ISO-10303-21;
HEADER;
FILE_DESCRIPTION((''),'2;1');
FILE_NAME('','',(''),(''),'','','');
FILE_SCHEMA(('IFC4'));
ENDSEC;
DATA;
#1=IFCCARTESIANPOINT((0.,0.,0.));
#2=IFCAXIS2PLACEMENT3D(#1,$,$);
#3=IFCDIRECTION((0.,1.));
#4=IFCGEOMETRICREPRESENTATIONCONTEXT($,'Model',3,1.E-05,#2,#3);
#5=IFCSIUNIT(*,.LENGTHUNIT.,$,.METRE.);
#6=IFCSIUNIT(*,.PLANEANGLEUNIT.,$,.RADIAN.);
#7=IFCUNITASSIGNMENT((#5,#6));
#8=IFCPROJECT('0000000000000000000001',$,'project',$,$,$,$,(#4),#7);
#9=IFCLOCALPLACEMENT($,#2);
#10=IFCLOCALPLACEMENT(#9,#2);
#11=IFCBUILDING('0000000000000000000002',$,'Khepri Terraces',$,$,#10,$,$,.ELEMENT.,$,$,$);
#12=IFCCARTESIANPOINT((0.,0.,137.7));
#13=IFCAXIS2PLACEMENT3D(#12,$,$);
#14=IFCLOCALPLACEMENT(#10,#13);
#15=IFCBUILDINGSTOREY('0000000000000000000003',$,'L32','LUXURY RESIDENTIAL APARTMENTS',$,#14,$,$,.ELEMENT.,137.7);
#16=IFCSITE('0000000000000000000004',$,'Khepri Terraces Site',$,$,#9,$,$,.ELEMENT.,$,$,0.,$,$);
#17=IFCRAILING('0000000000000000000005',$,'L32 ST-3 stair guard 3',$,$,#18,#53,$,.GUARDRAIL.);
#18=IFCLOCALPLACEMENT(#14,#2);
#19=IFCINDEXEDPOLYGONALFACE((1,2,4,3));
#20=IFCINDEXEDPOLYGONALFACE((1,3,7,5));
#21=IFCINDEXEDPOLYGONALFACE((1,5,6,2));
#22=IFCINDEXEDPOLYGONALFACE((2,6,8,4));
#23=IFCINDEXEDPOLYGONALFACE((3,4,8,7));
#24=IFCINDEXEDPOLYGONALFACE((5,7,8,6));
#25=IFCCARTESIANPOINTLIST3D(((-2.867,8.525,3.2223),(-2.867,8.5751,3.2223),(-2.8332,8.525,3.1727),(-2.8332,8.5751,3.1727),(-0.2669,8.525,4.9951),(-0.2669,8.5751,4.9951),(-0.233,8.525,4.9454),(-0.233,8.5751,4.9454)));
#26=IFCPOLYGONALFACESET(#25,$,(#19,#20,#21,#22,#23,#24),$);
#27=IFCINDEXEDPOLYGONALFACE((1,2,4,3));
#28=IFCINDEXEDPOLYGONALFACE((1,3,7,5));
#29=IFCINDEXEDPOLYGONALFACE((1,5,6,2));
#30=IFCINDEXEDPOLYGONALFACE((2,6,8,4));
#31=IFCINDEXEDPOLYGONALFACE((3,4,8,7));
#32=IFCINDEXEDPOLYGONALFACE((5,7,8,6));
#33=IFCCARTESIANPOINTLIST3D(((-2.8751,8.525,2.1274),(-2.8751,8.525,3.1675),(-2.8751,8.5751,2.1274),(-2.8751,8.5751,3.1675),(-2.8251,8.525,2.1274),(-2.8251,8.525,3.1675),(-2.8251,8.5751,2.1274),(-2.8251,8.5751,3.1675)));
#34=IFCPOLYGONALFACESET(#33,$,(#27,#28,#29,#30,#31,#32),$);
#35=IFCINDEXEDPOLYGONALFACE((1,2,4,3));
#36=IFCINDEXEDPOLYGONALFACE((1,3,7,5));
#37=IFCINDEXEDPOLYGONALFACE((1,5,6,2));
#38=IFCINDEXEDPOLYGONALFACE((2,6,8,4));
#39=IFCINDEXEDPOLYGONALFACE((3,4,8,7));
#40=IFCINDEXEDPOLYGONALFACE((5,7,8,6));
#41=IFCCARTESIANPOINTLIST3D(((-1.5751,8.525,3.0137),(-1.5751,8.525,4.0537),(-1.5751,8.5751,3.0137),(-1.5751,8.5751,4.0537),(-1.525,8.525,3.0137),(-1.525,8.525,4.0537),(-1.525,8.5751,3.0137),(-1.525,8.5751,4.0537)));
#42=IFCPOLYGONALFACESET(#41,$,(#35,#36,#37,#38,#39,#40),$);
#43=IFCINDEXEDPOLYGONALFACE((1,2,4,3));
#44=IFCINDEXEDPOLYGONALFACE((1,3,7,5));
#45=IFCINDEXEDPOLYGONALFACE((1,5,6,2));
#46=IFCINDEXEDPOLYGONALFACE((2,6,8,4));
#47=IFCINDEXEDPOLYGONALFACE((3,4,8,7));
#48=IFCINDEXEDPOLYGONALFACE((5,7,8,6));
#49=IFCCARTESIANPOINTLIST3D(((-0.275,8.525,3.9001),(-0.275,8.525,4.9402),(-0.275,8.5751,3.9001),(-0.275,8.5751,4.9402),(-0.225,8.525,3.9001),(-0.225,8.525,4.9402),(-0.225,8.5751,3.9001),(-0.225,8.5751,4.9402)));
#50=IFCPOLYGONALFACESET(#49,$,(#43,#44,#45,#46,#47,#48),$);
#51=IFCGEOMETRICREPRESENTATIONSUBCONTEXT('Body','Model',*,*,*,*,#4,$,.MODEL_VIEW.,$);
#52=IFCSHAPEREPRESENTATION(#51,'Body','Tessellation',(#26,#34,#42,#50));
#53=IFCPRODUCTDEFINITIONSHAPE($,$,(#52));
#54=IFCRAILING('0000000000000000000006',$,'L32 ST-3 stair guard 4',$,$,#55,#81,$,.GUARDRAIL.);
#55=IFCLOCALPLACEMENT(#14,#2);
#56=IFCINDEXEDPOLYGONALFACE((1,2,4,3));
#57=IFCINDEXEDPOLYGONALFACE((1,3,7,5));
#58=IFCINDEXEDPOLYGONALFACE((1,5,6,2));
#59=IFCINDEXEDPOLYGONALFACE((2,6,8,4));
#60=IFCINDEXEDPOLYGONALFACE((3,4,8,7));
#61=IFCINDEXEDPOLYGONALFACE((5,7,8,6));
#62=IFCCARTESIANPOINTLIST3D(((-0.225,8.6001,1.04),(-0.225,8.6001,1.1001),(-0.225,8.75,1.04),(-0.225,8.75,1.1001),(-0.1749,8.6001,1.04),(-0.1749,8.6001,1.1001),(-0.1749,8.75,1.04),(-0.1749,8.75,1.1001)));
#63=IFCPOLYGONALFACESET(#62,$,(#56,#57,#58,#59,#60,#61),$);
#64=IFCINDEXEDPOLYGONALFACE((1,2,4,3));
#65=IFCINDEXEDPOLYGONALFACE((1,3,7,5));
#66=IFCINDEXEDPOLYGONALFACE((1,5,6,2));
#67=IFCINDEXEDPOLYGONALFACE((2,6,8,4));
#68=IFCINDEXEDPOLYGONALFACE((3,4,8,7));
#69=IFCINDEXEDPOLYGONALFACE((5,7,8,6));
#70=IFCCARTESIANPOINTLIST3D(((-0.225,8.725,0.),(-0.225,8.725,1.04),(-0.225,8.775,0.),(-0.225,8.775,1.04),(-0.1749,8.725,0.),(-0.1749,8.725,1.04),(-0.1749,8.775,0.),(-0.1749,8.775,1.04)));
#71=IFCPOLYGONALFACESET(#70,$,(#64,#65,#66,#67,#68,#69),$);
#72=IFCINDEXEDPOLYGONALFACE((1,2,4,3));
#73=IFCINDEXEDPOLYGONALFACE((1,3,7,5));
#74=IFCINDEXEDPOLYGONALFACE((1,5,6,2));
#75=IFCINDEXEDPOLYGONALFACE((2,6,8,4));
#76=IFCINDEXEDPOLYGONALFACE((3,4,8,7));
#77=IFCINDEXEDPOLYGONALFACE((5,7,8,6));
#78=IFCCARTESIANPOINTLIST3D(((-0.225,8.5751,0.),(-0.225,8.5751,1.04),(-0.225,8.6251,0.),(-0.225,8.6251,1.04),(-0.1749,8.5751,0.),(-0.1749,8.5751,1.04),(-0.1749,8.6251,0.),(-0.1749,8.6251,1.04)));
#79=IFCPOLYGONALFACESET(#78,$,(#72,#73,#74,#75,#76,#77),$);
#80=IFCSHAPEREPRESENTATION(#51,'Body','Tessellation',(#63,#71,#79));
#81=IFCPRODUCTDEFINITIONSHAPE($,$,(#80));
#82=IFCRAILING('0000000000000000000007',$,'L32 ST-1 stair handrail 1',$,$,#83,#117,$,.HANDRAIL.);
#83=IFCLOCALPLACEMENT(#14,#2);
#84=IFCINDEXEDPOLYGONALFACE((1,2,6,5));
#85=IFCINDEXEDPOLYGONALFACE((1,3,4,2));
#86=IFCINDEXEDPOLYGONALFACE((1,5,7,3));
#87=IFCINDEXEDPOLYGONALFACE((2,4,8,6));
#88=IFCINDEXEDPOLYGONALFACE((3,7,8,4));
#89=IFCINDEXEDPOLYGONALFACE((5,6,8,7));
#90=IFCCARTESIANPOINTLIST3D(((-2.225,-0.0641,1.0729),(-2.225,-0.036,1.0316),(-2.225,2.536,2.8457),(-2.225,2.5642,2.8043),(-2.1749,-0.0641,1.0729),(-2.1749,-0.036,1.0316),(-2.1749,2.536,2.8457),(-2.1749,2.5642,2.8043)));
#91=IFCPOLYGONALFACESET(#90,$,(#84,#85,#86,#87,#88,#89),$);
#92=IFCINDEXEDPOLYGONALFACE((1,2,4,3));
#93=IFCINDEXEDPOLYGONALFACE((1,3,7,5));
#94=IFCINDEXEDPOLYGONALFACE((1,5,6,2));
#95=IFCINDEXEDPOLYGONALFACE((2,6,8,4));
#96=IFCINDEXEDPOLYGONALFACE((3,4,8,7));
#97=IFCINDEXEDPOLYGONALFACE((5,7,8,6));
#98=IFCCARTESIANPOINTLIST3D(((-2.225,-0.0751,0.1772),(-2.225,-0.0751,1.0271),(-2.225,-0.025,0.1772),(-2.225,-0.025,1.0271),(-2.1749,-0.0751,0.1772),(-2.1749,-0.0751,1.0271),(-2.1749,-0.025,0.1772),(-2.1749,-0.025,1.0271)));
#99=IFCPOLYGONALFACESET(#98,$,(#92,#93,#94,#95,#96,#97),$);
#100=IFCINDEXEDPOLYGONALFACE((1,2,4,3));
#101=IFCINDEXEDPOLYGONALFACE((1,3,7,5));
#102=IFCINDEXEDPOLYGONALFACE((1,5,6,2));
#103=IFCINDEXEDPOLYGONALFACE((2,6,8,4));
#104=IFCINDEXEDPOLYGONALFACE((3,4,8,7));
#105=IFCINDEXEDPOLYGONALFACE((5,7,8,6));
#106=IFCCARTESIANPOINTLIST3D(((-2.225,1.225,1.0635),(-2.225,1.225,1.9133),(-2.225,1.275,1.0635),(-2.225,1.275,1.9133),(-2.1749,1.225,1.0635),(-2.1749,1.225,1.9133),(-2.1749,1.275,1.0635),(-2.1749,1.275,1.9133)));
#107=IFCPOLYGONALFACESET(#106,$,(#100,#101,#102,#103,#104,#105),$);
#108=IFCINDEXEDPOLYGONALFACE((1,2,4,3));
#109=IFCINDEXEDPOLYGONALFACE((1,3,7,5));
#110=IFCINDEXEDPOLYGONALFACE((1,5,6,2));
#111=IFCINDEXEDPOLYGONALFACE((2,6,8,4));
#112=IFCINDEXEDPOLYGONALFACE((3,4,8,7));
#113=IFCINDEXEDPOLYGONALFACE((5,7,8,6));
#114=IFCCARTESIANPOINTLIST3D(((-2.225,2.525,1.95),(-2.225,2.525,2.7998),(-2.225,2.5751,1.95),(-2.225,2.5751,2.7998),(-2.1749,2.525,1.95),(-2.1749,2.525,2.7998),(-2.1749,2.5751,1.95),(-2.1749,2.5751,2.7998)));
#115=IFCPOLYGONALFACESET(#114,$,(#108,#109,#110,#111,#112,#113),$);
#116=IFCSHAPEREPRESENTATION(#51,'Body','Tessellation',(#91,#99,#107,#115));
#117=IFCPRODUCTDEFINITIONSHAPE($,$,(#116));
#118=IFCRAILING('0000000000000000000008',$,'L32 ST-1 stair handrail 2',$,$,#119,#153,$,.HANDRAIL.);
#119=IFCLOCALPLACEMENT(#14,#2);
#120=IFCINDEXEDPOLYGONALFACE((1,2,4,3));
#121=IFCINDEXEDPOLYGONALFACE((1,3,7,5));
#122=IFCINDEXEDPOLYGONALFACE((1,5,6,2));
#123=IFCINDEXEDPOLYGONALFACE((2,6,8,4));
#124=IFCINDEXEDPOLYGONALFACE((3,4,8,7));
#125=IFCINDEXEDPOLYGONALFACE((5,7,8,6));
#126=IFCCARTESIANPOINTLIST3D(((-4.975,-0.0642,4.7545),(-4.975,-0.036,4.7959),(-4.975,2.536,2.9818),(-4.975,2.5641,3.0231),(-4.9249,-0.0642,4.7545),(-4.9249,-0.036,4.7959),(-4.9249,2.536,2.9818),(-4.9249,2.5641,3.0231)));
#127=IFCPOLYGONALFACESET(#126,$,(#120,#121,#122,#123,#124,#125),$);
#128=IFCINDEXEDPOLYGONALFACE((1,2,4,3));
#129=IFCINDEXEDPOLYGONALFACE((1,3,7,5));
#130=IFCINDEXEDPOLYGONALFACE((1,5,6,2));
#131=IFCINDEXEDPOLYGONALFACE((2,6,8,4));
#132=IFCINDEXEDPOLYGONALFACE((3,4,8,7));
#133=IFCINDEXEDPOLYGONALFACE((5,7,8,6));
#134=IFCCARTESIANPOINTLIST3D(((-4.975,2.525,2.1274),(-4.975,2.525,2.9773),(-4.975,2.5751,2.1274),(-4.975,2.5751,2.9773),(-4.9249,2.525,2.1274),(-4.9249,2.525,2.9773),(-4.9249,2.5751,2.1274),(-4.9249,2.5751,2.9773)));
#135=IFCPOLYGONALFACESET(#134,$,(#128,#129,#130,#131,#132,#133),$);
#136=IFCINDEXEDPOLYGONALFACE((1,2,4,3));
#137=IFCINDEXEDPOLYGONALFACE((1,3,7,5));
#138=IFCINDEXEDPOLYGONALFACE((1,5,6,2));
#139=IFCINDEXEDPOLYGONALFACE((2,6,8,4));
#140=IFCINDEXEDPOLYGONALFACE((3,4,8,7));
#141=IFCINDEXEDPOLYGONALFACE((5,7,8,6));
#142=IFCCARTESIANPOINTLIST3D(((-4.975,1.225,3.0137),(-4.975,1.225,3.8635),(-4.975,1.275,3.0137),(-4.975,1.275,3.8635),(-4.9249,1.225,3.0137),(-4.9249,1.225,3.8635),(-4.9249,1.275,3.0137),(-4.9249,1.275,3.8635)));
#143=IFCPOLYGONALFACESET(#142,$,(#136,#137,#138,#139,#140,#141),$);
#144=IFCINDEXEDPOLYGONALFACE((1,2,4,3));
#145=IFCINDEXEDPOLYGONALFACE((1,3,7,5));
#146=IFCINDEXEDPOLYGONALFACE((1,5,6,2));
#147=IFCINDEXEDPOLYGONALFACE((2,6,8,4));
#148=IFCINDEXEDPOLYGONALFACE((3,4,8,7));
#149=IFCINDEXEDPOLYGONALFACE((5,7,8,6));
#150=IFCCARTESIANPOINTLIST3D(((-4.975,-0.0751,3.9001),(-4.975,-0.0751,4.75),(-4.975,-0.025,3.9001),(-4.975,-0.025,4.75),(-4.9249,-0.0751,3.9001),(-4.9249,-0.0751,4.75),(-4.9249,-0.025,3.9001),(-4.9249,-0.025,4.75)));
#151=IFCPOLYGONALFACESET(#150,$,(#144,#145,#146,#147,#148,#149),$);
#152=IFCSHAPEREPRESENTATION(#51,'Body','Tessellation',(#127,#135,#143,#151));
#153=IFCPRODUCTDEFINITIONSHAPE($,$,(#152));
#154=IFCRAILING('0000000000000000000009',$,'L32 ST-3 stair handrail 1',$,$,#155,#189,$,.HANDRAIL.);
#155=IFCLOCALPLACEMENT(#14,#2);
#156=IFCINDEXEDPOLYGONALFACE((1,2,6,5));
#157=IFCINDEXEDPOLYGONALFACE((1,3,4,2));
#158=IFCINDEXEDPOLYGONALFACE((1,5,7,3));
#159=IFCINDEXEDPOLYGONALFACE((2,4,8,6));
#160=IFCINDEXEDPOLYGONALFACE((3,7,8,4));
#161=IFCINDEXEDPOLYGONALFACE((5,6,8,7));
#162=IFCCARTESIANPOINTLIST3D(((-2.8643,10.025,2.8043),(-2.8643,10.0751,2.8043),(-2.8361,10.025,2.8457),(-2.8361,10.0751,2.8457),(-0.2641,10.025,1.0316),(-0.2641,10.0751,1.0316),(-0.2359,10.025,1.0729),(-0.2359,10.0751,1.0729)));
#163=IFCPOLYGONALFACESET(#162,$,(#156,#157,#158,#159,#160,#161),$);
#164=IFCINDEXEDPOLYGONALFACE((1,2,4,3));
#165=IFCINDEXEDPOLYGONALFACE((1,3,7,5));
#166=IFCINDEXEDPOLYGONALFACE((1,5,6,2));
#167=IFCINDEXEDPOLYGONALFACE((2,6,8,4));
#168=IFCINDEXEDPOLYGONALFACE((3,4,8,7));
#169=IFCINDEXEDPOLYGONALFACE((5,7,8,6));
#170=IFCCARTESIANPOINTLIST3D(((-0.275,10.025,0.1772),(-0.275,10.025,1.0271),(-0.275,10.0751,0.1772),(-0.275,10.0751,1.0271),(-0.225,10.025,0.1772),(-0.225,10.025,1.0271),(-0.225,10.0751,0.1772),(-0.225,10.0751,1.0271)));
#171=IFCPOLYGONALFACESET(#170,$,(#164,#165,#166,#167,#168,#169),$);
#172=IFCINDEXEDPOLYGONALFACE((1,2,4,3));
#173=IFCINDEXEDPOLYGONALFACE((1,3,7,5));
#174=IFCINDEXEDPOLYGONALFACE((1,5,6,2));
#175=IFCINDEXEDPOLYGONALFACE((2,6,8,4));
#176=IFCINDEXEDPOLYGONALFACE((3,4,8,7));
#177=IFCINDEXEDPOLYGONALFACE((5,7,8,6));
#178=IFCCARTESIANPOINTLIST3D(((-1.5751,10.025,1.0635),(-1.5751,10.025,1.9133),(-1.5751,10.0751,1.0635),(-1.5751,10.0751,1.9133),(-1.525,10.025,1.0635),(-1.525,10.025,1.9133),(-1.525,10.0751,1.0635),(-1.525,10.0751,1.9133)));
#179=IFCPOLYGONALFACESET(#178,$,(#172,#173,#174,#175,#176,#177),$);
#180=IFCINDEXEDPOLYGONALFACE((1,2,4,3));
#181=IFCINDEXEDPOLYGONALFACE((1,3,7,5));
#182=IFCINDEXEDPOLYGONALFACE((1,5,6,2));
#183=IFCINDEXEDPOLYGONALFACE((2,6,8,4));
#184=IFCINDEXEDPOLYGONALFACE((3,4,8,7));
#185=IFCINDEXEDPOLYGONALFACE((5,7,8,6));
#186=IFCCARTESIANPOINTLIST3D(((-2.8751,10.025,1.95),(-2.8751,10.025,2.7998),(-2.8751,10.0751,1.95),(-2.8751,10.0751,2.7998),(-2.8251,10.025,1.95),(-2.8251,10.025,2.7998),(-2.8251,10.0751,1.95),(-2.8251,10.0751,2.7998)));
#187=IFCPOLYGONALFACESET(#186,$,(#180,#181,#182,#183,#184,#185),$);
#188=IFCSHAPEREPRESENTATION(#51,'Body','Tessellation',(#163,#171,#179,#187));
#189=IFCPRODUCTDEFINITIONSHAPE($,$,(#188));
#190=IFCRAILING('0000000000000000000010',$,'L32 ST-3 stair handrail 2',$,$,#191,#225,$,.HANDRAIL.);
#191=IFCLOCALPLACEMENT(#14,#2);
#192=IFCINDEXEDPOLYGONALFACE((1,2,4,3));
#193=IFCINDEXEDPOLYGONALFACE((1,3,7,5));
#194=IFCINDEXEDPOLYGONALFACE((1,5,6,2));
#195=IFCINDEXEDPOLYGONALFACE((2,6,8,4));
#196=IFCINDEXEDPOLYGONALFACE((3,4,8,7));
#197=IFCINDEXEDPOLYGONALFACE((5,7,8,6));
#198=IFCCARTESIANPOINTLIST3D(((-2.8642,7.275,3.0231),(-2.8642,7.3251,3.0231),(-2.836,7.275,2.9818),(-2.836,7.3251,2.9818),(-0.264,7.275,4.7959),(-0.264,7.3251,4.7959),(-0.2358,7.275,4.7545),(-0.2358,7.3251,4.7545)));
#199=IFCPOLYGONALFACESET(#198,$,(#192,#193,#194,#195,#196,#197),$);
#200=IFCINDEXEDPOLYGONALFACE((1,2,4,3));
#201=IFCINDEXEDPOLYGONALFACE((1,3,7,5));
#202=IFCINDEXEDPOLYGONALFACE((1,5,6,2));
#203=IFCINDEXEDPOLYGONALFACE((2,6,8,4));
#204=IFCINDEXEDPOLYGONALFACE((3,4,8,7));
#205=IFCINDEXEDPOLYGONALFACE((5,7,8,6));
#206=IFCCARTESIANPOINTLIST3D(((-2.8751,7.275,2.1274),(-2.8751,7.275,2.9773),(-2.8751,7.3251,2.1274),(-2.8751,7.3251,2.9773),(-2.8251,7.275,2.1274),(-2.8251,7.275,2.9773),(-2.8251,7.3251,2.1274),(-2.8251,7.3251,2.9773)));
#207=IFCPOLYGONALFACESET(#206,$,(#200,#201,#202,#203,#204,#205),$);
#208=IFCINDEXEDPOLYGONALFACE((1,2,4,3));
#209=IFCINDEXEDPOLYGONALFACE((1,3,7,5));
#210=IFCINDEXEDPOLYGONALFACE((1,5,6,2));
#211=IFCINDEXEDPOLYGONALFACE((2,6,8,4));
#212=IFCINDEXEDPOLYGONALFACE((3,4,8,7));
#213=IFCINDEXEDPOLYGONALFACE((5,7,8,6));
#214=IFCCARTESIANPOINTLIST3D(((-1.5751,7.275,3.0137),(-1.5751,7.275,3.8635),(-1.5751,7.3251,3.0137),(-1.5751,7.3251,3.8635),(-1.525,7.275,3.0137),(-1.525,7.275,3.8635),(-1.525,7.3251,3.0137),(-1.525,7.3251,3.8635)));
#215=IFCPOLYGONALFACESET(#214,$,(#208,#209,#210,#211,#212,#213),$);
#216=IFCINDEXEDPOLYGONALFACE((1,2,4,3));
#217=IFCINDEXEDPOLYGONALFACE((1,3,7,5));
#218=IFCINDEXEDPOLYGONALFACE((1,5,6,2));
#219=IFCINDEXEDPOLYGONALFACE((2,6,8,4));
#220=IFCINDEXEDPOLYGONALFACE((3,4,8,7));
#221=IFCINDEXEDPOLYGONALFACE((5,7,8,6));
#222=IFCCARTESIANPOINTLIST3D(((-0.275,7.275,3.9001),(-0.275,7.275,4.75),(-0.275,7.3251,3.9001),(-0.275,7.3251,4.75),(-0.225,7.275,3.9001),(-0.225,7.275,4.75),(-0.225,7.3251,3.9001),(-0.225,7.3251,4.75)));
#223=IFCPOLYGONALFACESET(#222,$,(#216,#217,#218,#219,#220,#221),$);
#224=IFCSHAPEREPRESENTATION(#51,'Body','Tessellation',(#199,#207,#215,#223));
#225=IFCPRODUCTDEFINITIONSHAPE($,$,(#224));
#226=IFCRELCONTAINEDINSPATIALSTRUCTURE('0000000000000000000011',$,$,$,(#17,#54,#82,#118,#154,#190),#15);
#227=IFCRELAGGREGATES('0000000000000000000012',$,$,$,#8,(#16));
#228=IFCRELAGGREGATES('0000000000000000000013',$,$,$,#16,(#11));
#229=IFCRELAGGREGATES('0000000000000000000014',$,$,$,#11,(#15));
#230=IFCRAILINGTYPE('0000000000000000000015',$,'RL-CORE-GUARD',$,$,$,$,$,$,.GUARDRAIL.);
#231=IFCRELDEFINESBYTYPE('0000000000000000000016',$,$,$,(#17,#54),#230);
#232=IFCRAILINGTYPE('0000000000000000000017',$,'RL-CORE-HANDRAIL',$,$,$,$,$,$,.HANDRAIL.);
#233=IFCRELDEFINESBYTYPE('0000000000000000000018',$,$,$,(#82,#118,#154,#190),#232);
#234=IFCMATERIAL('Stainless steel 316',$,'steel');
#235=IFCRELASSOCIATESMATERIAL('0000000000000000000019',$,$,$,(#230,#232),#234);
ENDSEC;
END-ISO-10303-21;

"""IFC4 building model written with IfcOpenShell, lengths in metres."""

from ifc_helpers import new_model, si_unit, direction, frame, origin, origin_2d, place, context, subcontext, project, spatial, rectangle, extrude, material, type_object, element, save


model = new_model("IFC4")

# Units and contexts
model_context = context("Model", 3, precision=1e-05, world=origin(), true_north=direction((0.0, 1.0)))
body_context = subcontext(model_context, "Body", "Model", "MODEL_VIEW")
ifc_project = project(units=[si_unit("LENGTHUNIT", "METRE"), si_unit("PLANEANGLEUNIT", "RADIAN")], contexts=[model_context])

# Site, building, storey
site_placement = place(None, origin())
site = spatial("IfcSite", under=ifc_project, at=site_placement, Name="Khepri Terraces Site", CompositionType="ELEMENT", RefElevation=0.0)
building_placement = place(site_placement, origin())
building = spatial("IfcBuilding", under=site, at=building_placement, Name="Khepri Terraces", CompositionType="ELEMENT")
storey_placement = place(building_placement, frame((0.0, 0.0, 137.7)))
storey = spatial("IfcBuildingStorey", under=building, at=storey_placement, Name="L32", Description="LUXURY RESIDENTIAL APARTMENTS", CompositionType="ELEMENT", Elevation=137.7)

# Railings
ifc_material_1 = material(Name="Stainless steel 316", Category="steel")
railing_type_1 = type_object("IfcRailingType", Name="RL-CORE-GUARD", PredefinedType="GUARDRAIL", material=ifc_material_1)
railing_1_placement = place(storey_placement, frame((-2.8501, 8.55, 2.1274)))
element("IfcRailing", 1, at=railing_1_placement, inside=storey, type_object=railing_type_1, Name="L32 ST-3 stair guard 3", PredefinedType="GUARDRAIL", context=body_context, shape_type="SweptSolid", body=[
    extrude(rectangle(XDim=0.05, YDim=0.0601, at=origin_2d()), frame((0.0, 0.0, 1.0701), z_axis=(0.82624, 0.0, 0.563318), x_axis=(0.0, 1.0, 0.0)), (0.0, 0.0, 1.0), 3.147),
    extrude(rectangle(XDim=0.05, YDim=0.05, at=origin_2d()), origin(), (0.0, 0.0, 1.0), 1.04),
    extrude(rectangle(XDim=0.05, YDim=0.05, at=origin_2d()), frame((1.3, 0.0, 0.8862)), (0.0, 0.0, 1.0), 1.04),
    extrude(rectangle(XDim=0.05, YDim=0.05, at=origin_2d()), frame((2.6001, 0.0, 1.7727)), (0.0, 0.0, 1.0), 1.04),
])
railing_2_placement = place(storey_placement, frame((-0.2, 8.75, 0.0)))
element("IfcRailing", 2, at=railing_2_placement, inside=storey, type_object=railing_type_1, Name="L32 ST-3 stair guard 4", PredefinedType="GUARDRAIL", context=body_context, shape_type="SweptSolid", body=[
    extrude(rectangle(XDim=0.05, YDim=0.0601, at=origin_2d()), frame((0.0, 0.0, 1.0701), z_axis=(0.0, -1.0, 0.0), x_axis=(1.0, 0.0, 0.0)), (0.0, 0.0, 1.0), 0.1499),
    extrude(rectangle(XDim=0.05, YDim=0.05, at=origin_2d()), origin(), (0.0, 0.0, 1.0), 1.04),
    extrude(rectangle(XDim=0.05, YDim=0.05, at=origin_2d()), frame((0.0, -0.1499, 0.0)), (0.0, 0.0, 1.0), 1.04),
])
railing_type_2 = type_object("IfcRailingType", Name="RL-CORE-HANDRAIL", PredefinedType="HANDRAIL", material=ifc_material_1)
railing_3_placement = place(storey_placement, frame((-2.2, -0.05, 0.1772)))
element("IfcRailing", 3, at=railing_3_placement, inside=storey, type_object=railing_type_2, Name="L32 ST-1 stair handrail 1", PredefinedType="HANDRAIL", context=body_context, shape_type="SweptSolid", body=[
    extrude(rectangle(XDim=0.05, YDim=0.05, at=origin_2d()), frame((0.0, 0.0, 0.875), z_axis=(0.0, 0.82624, 0.563318), x_axis=(-1.0, 0.0, 0.0)), (0.0, 0.0, 1.0), 3.147),
    extrude(rectangle(XDim=0.05, YDim=0.05, at=origin_2d()), origin(), (0.0, 0.0, 1.0), 0.8499),
    extrude(rectangle(XDim=0.05, YDim=0.05, at=origin_2d()), frame((0.0, 1.3, 0.8862)), (0.0, 0.0, 1.0), 0.8499),
    extrude(rectangle(XDim=0.05, YDim=0.05, at=origin_2d()), frame((0.0, 2.6001, 1.7727)), (0.0, 0.0, 1.0), 0.8499),
])
railing_4_placement = place(storey_placement, frame((-4.95, 2.55, 2.1274)))
element("IfcRailing", 4, at=railing_4_placement, inside=storey, type_object=railing_type_2, Name="L32 ST-1 stair handrail 2", PredefinedType="HANDRAIL", context=body_context, shape_type="SweptSolid", body=[
    extrude(rectangle(XDim=0.05, YDim=0.05, at=origin_2d()), frame((0.0, 0.0, 0.875), z_axis=(0.0, -0.82624, 0.563318), x_axis=(1.0, 0.0, 0.0)), (0.0, 0.0, 1.0), 3.147),
    extrude(rectangle(XDim=0.05, YDim=0.05, at=origin_2d()), origin(), (0.0, 0.0, 1.0), 0.8499),
    extrude(rectangle(XDim=0.05, YDim=0.05, at=origin_2d()), frame((0.0, -1.3, 0.8862)), (0.0, 0.0, 1.0), 0.8499),
    extrude(rectangle(XDim=0.05, YDim=0.05, at=origin_2d()), frame((0.0, -2.6001, 1.7727)), (0.0, 0.0, 1.0), 0.8499),
])
railing_5_placement = place(storey_placement, frame((-0.25, 10.05, 0.1772)))
element("IfcRailing", 5, at=railing_5_placement, inside=storey, type_object=railing_type_2, Name="L32 ST-3 stair handrail 1", PredefinedType="HANDRAIL", context=body_context, shape_type="SweptSolid", body=[
    extrude(rectangle(XDim=0.05, YDim=0.05, at=origin_2d()), frame((0.0, 0.0, 0.875), z_axis=(-0.82624, 0.0, 0.563318), x_axis=(0.0, -1.0, 0.0)), (0.0, 0.0, 1.0), 3.147),
    extrude(rectangle(XDim=0.05, YDim=0.05, at=origin_2d()), origin(), (0.0, 0.0, 1.0), 0.8499),
    extrude(rectangle(XDim=0.05, YDim=0.05, at=origin_2d()), frame((-1.3, 0.0, 0.8862)), (0.0, 0.0, 1.0), 0.8499),
    extrude(rectangle(XDim=0.05, YDim=0.05, at=origin_2d()), frame((-2.6001, 0.0, 1.7727)), (0.0, 0.0, 1.0), 0.8499),
])
railing_6_placement = place(storey_placement, frame((-2.8501, 7.3, 2.1274)))
element("IfcRailing", 6, at=railing_6_placement, inside=storey, type_object=railing_type_2, Name="L32 ST-3 stair handrail 2", PredefinedType="HANDRAIL", context=body_context, shape_type="SweptSolid", body=[
    extrude(rectangle(XDim=0.05, YDim=0.05, at=origin_2d()), frame((0.0, 0.0, 0.875), z_axis=(0.82624, 0.0, 0.563318), x_axis=(0.0, 1.0, 0.0)), (0.0, 0.0, 1.0), 3.147),
    extrude(rectangle(XDim=0.05, YDim=0.05, at=origin_2d()), origin(), (0.0, 0.0, 1.0), 0.8499),
    extrude(rectangle(XDim=0.05, YDim=0.05, at=origin_2d()), frame((1.3, 0.0, 0.8862)), (0.0, 0.0, 1.0), 0.8499),
    extrude(rectangle(XDim=0.05, YDim=0.05, at=origin_2d()), frame((2.6001, 0.0, 1.7727)), (0.0, 0.0, 1.0), 0.8499),
])

save(model, "model.ifc")
